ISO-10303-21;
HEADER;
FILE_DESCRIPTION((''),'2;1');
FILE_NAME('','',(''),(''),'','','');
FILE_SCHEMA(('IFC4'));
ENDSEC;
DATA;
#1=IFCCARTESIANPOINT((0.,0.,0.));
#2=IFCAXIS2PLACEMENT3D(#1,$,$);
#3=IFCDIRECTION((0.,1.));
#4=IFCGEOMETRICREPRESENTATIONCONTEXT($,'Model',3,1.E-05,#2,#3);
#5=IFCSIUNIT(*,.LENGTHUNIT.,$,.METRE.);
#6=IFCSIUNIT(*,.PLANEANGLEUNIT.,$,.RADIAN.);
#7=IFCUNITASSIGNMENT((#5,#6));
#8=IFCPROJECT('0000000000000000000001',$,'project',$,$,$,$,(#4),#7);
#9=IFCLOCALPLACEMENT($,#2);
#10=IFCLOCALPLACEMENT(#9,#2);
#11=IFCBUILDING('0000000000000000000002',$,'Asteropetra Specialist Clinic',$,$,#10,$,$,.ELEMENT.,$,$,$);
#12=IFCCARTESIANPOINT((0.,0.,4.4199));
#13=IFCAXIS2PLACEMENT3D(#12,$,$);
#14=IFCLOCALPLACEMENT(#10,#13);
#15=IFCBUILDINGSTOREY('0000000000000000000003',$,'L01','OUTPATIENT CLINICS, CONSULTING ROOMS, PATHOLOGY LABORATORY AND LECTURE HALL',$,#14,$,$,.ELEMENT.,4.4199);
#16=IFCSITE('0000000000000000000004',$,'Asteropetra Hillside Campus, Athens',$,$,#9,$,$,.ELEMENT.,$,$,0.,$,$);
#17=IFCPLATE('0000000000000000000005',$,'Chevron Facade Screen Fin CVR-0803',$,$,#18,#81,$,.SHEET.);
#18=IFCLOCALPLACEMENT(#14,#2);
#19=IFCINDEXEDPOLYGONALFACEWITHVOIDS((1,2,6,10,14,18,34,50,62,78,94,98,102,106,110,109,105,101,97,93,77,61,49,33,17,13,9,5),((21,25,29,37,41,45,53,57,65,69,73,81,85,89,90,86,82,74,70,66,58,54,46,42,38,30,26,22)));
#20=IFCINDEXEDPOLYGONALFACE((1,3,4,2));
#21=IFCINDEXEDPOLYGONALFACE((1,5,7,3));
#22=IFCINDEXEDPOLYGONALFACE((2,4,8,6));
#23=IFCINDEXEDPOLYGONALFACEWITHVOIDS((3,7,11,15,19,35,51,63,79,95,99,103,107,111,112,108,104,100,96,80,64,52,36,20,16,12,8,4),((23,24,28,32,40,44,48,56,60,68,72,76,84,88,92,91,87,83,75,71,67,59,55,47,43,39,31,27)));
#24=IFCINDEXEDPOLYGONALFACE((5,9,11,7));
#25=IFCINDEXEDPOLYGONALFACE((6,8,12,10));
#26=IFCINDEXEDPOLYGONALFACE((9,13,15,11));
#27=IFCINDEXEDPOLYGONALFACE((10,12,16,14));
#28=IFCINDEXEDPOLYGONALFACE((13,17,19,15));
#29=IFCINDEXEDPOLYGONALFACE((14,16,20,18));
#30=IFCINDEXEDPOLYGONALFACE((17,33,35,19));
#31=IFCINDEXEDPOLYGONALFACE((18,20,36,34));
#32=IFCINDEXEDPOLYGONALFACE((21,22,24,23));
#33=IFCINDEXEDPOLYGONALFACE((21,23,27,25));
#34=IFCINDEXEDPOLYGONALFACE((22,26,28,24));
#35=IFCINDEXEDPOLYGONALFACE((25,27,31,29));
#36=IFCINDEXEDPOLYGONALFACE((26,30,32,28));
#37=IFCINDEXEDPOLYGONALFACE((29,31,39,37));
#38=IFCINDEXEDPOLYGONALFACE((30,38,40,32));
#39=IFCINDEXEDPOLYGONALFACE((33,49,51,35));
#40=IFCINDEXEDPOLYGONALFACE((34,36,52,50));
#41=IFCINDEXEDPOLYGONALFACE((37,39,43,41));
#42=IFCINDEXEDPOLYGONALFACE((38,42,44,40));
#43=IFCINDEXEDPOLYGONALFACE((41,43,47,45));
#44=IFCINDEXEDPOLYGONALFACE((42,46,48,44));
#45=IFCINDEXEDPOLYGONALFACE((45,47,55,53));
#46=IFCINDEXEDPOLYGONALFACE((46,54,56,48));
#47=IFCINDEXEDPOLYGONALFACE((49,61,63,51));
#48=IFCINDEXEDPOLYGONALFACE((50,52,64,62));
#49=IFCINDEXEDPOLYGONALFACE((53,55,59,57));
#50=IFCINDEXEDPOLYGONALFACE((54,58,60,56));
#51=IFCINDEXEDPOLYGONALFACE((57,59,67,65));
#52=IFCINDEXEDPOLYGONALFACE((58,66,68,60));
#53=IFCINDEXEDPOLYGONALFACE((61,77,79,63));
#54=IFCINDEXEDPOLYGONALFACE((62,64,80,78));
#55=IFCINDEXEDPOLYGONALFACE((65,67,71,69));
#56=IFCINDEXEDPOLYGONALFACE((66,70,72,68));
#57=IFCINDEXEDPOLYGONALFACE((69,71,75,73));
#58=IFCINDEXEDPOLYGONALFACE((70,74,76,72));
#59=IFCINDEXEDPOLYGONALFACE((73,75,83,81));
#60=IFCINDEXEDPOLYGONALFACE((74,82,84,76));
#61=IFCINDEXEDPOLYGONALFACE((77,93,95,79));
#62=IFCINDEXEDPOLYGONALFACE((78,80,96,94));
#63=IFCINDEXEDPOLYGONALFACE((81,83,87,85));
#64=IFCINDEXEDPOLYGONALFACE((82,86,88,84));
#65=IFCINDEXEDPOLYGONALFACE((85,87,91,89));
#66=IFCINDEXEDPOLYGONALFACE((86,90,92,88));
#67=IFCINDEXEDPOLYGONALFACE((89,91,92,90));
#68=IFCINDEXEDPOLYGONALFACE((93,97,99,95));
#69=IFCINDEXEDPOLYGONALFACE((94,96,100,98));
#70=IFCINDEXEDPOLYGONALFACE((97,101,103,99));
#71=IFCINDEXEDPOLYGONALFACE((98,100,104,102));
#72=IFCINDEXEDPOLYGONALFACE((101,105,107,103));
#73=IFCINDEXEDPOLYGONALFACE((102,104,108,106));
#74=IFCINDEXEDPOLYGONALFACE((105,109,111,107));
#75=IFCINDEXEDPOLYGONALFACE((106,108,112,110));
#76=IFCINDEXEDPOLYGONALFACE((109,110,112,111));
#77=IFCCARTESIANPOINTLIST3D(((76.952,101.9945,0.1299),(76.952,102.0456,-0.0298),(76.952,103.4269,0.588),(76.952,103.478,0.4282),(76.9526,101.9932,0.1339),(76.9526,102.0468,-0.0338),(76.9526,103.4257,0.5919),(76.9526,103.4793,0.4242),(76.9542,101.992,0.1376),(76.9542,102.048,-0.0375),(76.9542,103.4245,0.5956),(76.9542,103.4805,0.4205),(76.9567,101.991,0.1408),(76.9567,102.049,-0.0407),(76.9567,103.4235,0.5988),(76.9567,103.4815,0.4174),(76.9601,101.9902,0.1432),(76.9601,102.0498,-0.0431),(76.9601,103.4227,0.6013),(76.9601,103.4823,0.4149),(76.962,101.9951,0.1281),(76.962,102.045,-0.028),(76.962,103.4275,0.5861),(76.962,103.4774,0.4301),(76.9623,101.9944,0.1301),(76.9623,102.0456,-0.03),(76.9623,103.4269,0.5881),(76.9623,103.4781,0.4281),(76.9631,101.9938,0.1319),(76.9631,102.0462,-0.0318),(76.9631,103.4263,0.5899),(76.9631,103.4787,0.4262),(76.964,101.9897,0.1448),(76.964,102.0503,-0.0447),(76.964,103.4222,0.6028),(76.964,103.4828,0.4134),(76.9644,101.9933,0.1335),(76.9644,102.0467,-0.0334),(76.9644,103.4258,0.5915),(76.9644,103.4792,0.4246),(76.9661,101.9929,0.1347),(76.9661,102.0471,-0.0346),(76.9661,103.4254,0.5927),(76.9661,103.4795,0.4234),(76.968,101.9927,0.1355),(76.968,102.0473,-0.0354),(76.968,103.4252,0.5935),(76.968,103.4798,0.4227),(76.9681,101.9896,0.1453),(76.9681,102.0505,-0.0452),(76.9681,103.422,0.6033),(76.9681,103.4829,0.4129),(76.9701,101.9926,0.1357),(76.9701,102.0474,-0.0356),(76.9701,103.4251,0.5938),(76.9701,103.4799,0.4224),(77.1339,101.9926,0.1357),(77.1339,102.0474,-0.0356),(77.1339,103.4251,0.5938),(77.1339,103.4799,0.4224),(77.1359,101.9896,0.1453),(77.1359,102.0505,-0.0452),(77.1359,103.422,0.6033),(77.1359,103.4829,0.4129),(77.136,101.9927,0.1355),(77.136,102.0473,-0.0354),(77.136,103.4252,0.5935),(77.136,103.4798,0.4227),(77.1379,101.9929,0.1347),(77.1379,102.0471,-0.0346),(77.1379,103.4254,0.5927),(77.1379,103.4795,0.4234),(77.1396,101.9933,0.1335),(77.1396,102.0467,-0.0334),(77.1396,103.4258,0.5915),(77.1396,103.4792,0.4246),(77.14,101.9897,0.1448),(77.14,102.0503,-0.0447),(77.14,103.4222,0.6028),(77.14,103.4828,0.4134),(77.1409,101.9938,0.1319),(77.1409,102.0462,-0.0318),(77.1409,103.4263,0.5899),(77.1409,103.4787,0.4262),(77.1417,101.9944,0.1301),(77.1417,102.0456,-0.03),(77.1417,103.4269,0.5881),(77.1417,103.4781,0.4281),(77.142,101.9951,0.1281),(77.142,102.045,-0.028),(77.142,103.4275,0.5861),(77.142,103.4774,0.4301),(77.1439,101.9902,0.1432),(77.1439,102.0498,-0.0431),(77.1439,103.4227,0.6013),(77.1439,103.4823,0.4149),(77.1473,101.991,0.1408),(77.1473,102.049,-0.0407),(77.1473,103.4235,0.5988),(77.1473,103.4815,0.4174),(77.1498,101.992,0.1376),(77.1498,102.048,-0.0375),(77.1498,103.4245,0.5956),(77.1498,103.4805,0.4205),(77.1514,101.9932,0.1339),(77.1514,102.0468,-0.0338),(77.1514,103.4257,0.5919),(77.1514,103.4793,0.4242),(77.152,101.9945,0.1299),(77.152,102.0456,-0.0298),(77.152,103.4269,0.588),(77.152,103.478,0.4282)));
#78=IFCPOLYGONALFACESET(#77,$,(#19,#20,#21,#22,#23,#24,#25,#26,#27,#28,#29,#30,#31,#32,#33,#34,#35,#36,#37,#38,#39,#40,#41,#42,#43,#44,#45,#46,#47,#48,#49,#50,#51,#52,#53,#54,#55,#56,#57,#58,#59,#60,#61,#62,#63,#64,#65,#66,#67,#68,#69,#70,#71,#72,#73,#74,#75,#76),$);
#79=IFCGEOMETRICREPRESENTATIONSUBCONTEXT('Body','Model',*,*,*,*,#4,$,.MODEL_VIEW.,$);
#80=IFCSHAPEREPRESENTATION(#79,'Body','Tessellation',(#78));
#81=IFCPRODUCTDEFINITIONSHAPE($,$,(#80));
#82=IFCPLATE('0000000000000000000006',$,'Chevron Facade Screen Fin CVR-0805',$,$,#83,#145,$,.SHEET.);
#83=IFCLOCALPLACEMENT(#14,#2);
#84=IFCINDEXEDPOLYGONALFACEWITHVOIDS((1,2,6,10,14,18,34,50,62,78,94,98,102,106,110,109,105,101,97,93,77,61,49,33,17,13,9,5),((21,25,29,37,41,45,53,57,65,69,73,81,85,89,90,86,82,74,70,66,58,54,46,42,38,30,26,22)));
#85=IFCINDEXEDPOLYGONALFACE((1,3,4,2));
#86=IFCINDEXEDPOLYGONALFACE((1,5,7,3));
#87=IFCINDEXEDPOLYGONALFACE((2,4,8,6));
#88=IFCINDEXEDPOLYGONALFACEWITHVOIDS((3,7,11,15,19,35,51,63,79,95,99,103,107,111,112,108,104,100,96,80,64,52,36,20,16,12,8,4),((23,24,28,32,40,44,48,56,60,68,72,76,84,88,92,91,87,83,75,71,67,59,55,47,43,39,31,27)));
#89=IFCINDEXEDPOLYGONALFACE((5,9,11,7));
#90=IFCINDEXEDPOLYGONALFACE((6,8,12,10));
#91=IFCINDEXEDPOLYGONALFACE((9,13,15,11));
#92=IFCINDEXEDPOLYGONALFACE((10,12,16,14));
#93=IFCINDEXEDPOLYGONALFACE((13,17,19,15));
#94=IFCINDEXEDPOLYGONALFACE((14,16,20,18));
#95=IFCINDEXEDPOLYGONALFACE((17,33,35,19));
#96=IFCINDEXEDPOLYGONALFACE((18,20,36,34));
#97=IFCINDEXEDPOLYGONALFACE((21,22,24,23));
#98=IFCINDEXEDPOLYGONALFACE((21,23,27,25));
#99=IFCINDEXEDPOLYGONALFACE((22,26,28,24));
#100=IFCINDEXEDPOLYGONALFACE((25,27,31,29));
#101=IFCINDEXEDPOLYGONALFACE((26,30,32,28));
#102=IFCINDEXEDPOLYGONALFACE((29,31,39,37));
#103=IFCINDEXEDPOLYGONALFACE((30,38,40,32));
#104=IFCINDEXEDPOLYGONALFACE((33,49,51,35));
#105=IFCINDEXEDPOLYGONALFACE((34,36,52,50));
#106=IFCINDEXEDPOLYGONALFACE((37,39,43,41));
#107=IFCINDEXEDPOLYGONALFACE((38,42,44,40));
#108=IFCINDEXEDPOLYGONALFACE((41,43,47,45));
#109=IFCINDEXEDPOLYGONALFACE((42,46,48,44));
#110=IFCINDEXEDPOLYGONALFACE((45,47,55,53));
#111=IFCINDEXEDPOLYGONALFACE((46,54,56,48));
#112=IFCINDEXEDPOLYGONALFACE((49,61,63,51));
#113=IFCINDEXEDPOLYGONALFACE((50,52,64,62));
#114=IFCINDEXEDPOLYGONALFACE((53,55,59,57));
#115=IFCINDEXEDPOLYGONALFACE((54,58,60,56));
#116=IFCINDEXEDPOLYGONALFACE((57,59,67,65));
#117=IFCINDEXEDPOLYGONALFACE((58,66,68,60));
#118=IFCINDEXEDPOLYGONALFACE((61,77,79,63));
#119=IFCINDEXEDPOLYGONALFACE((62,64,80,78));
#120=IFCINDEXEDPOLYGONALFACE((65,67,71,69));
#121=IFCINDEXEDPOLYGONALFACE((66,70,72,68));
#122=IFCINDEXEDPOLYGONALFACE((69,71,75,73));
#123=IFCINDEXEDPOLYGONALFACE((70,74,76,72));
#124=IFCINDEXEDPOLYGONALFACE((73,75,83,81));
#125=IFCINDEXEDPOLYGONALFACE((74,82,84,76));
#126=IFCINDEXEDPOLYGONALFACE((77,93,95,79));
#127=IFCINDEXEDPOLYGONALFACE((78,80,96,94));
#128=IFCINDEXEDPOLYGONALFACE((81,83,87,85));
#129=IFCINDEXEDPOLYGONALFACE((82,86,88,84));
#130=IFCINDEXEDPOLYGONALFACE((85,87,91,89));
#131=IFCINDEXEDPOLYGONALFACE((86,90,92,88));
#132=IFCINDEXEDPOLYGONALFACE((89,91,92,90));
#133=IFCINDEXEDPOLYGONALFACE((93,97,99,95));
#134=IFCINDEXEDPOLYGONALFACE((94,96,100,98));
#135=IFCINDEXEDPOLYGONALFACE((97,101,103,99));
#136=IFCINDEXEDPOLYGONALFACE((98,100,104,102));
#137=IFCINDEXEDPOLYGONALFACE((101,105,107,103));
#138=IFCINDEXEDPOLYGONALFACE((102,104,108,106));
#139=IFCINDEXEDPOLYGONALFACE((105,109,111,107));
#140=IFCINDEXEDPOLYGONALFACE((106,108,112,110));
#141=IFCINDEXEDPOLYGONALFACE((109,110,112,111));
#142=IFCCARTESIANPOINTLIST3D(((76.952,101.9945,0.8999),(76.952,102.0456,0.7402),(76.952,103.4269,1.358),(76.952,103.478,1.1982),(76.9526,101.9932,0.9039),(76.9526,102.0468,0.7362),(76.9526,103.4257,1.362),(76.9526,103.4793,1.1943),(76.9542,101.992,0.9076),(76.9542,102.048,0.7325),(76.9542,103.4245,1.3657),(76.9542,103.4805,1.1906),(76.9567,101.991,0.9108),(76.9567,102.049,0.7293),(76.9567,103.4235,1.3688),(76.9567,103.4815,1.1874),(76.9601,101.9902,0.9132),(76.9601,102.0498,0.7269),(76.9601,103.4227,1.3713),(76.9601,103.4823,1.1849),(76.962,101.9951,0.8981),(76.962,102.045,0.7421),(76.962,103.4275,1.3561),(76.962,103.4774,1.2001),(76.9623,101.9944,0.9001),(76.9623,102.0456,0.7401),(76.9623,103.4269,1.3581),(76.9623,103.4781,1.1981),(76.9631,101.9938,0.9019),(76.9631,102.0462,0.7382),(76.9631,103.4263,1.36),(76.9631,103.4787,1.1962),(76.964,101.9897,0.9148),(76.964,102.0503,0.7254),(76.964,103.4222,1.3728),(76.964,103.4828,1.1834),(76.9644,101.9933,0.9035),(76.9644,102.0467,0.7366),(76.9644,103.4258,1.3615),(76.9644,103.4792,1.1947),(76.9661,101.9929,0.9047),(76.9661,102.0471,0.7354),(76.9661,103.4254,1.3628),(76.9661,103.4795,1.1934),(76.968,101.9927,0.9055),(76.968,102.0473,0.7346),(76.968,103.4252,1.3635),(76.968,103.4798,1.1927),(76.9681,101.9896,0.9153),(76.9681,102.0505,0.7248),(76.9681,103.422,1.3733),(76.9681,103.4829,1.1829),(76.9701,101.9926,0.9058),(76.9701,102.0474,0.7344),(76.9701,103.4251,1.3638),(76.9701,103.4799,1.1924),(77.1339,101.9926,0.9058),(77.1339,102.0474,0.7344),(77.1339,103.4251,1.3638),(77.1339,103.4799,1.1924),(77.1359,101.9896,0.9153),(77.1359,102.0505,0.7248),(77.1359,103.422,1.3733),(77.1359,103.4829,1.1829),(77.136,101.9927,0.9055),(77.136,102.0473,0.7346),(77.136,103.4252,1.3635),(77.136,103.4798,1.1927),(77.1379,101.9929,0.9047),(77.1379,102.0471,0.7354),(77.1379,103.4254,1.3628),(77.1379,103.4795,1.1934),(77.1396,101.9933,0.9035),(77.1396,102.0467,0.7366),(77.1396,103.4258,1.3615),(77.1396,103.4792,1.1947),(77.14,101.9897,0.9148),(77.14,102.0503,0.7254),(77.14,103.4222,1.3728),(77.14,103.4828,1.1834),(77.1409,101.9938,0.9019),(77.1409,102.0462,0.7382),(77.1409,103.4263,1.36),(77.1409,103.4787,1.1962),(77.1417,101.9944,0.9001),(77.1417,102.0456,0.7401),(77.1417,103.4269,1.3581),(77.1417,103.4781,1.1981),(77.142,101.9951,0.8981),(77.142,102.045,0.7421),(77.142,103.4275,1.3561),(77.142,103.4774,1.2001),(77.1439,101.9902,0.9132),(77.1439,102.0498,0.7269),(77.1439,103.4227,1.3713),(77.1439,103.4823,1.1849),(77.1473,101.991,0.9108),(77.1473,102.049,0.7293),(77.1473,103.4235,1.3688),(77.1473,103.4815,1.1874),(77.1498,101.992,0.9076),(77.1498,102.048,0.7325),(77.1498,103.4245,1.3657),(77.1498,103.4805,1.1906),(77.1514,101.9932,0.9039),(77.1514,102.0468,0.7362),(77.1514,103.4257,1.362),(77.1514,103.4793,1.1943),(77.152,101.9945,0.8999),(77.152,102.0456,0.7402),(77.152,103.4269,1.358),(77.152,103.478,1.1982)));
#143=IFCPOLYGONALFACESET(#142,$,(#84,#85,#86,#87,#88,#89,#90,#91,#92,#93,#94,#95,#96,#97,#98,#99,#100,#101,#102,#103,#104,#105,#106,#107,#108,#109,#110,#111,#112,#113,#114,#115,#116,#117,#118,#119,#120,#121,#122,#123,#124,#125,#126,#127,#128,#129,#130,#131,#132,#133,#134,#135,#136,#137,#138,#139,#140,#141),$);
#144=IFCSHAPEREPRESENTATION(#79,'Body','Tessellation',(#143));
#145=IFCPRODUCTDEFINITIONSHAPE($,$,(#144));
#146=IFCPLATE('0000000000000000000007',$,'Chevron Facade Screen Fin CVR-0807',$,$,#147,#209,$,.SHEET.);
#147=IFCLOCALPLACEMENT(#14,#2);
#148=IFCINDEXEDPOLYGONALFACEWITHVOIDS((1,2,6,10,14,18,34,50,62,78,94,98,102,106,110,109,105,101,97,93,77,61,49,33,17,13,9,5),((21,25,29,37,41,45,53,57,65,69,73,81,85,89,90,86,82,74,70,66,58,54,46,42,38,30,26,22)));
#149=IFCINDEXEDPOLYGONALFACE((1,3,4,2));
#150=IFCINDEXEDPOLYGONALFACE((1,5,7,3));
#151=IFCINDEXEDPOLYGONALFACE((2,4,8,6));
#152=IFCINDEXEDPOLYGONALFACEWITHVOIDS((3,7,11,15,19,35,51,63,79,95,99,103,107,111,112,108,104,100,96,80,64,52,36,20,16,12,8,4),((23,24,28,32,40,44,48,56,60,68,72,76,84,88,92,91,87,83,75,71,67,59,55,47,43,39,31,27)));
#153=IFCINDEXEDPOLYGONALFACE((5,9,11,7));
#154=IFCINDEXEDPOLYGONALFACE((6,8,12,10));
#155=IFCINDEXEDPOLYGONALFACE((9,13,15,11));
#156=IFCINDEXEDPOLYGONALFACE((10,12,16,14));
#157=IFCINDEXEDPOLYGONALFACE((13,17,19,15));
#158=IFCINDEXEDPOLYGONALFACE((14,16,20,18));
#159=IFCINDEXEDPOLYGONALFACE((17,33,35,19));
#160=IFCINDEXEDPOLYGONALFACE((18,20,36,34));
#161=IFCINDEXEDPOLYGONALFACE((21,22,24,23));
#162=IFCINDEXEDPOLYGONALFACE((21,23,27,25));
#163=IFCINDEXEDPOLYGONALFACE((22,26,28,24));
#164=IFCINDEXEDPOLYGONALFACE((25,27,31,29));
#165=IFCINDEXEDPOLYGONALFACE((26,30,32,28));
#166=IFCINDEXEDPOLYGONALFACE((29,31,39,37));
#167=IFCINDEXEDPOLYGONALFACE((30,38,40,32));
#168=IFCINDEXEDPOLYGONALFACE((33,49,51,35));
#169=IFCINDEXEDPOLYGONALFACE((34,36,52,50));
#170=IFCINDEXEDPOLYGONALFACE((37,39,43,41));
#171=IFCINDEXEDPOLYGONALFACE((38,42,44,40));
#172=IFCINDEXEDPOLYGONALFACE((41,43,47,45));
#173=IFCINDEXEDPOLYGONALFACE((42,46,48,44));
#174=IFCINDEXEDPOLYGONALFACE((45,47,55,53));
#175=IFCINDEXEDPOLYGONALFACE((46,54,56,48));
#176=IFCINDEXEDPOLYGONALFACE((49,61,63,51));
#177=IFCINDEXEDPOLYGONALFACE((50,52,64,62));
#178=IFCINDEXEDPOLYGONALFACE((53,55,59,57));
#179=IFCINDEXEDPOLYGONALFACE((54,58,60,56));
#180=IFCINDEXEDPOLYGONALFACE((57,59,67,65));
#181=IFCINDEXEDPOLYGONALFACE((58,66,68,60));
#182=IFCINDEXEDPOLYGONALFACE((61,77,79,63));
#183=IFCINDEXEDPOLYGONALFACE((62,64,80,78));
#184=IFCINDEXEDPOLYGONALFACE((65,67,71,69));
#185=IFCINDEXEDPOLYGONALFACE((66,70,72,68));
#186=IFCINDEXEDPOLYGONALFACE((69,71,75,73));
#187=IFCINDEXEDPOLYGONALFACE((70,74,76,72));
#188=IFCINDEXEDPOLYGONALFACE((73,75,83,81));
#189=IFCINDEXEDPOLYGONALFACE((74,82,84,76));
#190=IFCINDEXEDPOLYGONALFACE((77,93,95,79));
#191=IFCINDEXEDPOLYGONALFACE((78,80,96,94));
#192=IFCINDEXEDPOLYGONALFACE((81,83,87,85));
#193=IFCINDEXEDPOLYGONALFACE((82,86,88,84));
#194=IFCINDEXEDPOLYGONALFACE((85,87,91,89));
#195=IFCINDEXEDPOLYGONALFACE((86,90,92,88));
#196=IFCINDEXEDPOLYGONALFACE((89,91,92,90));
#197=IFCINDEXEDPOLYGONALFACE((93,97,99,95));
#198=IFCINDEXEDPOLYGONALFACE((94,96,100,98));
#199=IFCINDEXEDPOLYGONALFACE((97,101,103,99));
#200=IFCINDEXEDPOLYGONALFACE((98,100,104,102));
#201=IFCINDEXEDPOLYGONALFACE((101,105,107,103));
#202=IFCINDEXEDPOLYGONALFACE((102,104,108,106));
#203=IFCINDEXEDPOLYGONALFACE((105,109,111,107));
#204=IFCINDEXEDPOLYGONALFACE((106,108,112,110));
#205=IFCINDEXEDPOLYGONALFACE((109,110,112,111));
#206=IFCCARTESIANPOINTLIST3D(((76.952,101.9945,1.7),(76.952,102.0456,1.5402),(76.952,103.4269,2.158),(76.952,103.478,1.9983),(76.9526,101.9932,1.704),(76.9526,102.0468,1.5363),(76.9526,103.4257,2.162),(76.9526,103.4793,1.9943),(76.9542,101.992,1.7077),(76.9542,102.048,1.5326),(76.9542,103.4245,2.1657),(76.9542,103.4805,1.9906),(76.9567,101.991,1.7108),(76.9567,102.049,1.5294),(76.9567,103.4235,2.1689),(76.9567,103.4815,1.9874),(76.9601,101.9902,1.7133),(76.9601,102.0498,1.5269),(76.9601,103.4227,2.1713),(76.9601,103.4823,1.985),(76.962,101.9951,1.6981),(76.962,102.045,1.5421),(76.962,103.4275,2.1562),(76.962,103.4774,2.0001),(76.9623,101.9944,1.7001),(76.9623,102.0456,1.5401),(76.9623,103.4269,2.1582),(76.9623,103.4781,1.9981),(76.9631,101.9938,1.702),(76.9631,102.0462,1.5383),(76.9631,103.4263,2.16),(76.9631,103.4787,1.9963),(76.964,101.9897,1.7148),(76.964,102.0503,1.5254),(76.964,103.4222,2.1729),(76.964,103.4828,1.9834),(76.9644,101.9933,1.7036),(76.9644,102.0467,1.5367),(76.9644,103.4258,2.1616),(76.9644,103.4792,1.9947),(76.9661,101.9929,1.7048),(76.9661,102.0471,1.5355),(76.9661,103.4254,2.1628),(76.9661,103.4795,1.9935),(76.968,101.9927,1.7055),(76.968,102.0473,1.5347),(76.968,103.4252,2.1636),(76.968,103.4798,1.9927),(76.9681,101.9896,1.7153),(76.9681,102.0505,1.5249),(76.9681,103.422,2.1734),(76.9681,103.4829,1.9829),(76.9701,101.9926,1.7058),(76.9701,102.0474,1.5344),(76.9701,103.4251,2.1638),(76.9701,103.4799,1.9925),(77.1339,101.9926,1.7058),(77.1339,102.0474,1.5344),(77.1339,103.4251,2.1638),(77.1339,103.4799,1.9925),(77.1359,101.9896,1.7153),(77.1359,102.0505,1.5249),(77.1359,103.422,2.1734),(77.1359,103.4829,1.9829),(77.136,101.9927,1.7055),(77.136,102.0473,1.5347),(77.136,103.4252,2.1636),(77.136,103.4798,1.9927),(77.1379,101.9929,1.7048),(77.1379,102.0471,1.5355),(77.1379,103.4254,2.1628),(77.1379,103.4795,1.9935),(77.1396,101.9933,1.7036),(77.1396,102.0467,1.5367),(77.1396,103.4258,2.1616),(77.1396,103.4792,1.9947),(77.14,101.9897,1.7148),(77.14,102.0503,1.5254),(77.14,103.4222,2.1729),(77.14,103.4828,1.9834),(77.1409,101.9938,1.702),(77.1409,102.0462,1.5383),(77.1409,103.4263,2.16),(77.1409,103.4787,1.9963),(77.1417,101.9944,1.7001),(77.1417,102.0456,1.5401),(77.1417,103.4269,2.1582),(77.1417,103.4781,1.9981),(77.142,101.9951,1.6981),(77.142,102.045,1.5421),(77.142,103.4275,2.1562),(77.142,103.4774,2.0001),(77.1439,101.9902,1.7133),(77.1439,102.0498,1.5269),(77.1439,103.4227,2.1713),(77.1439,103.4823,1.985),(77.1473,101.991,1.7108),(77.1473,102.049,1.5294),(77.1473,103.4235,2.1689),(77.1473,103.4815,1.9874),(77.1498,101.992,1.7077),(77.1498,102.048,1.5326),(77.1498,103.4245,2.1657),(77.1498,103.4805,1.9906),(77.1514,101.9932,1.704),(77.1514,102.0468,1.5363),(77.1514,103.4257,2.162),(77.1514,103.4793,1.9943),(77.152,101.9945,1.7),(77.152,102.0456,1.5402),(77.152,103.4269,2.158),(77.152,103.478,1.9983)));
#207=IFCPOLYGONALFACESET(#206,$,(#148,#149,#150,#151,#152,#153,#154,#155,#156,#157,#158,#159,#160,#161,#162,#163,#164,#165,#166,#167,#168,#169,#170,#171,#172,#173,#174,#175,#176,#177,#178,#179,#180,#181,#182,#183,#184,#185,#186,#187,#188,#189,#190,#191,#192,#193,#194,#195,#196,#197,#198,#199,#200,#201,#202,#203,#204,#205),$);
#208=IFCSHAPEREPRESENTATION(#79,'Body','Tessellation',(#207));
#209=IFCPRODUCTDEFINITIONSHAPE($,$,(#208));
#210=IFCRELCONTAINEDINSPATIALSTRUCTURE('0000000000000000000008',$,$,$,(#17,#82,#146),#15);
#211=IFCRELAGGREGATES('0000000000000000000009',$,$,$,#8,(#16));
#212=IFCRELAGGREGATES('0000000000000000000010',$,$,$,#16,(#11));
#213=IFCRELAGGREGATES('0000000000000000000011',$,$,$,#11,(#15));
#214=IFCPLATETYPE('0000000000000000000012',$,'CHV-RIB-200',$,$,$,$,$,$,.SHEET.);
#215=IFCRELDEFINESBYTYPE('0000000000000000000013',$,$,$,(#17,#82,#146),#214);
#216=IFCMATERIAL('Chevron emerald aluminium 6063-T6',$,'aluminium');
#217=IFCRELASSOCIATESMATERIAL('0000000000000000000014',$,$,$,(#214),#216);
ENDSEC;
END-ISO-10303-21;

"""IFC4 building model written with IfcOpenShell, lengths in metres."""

from ifc_helpers import new_model, si_unit, direction, frame, origin, origin_2d, place, context, subcontext, project, spatial, hollow_rectangle, extrude, material, material_profile, profile_set, type_object, element, save


model = new_model("IFC4")

# Units and contexts
model_context = context("Model", 3, precision=1e-05, world=origin(), true_north=direction((0.0, 1.0)))
body_context = subcontext(model_context, "Body", "Model", "MODEL_VIEW")
ifc_project = project(units=[si_unit("LENGTHUNIT", "METRE"), si_unit("PLANEANGLEUNIT", "RADIAN")], contexts=[model_context])

# Site, building, storey
site_placement = place(None, origin())
site = spatial("IfcSite", under=ifc_project, at=site_placement, Name="Asteropetra Hillside Campus, Athens", CompositionType="ELEMENT", RefElevation=0.0)
building_placement = place(site_placement, origin())
building = spatial("IfcBuilding", under=site, at=building_placement, Name="Asteropetra Specialist Clinic", CompositionType="ELEMENT")
storey_placement = place(building_placement, frame((0.0, 0.0, 4.4199)))
storey = spatial("IfcBuildingStorey", under=building, at=storey_placement, Name="L01", Description="OUTPATIENT CLINICS, CONSULTING ROOMS, PATHOLOGY LABORATORY AND LECTURE HALL", CompositionType="ELEMENT", Elevation=4.4199)

# Plates
ifc_material_1 = material(Name="Chevron emerald aluminium 6063-T6", Category="aluminium")
ifc_material_profile = material_profile(ifc_material_1, hollow_rectangle(XDim=0.2, YDim=0.2, WallThickness=0.01, InnerFilletRadius=0.0081, OuterFilletRadius=0.0161, at=origin_2d()), Name="SHS 200x200x10.0")
ifc_profile_set = profile_set([ifc_material_profile], Name="Chevron emerald aluminium 6063-T6")
plate_type_1 = type_object("IfcPlateType", Name="CHV-RIB-200", PredefinedType="SHEET", material=ifc_profile_set)
for number, where, z_axis, x_axis, name in (
    (1, (77.052, 102.02, 0.05), (0.0, 0.952492, 0.304564), (-1.0, 0.0, 0.0), "Chevron Facade Screen Fin CVR-0803"),
    (2, (77.052, 102.02, 0.8201), (0.0, 0.952492, 0.304564), (-1.0, 0.0, 0.0), "Chevron Facade Screen Fin CVR-0805"),
    (3, (77.052, 102.02, 1.6201), (0.0, 0.952492, 0.304564), (-1.0, 0.0, 0.0), "Chevron Facade Screen Fin CVR-0807"),
):
    element("IfcPlate", number, at=place(storey_placement, frame(where, z_axis=z_axis, x_axis=x_axis)), inside=storey, type_object=plate_type_1, Name=name, PredefinedType="SHEET", context=body_context, shape_type="SweptSolid", body=[
        extrude(hollow_rectangle(XDim=0.2, YDim=0.2, WallThickness=0.01, InnerFilletRadius=0.0081, OuterFilletRadius=0.0161, at=origin_2d()), origin(), (0.0, 0.0, 1.0), 1.5039),
    ])

save(model, "model.ifc")
